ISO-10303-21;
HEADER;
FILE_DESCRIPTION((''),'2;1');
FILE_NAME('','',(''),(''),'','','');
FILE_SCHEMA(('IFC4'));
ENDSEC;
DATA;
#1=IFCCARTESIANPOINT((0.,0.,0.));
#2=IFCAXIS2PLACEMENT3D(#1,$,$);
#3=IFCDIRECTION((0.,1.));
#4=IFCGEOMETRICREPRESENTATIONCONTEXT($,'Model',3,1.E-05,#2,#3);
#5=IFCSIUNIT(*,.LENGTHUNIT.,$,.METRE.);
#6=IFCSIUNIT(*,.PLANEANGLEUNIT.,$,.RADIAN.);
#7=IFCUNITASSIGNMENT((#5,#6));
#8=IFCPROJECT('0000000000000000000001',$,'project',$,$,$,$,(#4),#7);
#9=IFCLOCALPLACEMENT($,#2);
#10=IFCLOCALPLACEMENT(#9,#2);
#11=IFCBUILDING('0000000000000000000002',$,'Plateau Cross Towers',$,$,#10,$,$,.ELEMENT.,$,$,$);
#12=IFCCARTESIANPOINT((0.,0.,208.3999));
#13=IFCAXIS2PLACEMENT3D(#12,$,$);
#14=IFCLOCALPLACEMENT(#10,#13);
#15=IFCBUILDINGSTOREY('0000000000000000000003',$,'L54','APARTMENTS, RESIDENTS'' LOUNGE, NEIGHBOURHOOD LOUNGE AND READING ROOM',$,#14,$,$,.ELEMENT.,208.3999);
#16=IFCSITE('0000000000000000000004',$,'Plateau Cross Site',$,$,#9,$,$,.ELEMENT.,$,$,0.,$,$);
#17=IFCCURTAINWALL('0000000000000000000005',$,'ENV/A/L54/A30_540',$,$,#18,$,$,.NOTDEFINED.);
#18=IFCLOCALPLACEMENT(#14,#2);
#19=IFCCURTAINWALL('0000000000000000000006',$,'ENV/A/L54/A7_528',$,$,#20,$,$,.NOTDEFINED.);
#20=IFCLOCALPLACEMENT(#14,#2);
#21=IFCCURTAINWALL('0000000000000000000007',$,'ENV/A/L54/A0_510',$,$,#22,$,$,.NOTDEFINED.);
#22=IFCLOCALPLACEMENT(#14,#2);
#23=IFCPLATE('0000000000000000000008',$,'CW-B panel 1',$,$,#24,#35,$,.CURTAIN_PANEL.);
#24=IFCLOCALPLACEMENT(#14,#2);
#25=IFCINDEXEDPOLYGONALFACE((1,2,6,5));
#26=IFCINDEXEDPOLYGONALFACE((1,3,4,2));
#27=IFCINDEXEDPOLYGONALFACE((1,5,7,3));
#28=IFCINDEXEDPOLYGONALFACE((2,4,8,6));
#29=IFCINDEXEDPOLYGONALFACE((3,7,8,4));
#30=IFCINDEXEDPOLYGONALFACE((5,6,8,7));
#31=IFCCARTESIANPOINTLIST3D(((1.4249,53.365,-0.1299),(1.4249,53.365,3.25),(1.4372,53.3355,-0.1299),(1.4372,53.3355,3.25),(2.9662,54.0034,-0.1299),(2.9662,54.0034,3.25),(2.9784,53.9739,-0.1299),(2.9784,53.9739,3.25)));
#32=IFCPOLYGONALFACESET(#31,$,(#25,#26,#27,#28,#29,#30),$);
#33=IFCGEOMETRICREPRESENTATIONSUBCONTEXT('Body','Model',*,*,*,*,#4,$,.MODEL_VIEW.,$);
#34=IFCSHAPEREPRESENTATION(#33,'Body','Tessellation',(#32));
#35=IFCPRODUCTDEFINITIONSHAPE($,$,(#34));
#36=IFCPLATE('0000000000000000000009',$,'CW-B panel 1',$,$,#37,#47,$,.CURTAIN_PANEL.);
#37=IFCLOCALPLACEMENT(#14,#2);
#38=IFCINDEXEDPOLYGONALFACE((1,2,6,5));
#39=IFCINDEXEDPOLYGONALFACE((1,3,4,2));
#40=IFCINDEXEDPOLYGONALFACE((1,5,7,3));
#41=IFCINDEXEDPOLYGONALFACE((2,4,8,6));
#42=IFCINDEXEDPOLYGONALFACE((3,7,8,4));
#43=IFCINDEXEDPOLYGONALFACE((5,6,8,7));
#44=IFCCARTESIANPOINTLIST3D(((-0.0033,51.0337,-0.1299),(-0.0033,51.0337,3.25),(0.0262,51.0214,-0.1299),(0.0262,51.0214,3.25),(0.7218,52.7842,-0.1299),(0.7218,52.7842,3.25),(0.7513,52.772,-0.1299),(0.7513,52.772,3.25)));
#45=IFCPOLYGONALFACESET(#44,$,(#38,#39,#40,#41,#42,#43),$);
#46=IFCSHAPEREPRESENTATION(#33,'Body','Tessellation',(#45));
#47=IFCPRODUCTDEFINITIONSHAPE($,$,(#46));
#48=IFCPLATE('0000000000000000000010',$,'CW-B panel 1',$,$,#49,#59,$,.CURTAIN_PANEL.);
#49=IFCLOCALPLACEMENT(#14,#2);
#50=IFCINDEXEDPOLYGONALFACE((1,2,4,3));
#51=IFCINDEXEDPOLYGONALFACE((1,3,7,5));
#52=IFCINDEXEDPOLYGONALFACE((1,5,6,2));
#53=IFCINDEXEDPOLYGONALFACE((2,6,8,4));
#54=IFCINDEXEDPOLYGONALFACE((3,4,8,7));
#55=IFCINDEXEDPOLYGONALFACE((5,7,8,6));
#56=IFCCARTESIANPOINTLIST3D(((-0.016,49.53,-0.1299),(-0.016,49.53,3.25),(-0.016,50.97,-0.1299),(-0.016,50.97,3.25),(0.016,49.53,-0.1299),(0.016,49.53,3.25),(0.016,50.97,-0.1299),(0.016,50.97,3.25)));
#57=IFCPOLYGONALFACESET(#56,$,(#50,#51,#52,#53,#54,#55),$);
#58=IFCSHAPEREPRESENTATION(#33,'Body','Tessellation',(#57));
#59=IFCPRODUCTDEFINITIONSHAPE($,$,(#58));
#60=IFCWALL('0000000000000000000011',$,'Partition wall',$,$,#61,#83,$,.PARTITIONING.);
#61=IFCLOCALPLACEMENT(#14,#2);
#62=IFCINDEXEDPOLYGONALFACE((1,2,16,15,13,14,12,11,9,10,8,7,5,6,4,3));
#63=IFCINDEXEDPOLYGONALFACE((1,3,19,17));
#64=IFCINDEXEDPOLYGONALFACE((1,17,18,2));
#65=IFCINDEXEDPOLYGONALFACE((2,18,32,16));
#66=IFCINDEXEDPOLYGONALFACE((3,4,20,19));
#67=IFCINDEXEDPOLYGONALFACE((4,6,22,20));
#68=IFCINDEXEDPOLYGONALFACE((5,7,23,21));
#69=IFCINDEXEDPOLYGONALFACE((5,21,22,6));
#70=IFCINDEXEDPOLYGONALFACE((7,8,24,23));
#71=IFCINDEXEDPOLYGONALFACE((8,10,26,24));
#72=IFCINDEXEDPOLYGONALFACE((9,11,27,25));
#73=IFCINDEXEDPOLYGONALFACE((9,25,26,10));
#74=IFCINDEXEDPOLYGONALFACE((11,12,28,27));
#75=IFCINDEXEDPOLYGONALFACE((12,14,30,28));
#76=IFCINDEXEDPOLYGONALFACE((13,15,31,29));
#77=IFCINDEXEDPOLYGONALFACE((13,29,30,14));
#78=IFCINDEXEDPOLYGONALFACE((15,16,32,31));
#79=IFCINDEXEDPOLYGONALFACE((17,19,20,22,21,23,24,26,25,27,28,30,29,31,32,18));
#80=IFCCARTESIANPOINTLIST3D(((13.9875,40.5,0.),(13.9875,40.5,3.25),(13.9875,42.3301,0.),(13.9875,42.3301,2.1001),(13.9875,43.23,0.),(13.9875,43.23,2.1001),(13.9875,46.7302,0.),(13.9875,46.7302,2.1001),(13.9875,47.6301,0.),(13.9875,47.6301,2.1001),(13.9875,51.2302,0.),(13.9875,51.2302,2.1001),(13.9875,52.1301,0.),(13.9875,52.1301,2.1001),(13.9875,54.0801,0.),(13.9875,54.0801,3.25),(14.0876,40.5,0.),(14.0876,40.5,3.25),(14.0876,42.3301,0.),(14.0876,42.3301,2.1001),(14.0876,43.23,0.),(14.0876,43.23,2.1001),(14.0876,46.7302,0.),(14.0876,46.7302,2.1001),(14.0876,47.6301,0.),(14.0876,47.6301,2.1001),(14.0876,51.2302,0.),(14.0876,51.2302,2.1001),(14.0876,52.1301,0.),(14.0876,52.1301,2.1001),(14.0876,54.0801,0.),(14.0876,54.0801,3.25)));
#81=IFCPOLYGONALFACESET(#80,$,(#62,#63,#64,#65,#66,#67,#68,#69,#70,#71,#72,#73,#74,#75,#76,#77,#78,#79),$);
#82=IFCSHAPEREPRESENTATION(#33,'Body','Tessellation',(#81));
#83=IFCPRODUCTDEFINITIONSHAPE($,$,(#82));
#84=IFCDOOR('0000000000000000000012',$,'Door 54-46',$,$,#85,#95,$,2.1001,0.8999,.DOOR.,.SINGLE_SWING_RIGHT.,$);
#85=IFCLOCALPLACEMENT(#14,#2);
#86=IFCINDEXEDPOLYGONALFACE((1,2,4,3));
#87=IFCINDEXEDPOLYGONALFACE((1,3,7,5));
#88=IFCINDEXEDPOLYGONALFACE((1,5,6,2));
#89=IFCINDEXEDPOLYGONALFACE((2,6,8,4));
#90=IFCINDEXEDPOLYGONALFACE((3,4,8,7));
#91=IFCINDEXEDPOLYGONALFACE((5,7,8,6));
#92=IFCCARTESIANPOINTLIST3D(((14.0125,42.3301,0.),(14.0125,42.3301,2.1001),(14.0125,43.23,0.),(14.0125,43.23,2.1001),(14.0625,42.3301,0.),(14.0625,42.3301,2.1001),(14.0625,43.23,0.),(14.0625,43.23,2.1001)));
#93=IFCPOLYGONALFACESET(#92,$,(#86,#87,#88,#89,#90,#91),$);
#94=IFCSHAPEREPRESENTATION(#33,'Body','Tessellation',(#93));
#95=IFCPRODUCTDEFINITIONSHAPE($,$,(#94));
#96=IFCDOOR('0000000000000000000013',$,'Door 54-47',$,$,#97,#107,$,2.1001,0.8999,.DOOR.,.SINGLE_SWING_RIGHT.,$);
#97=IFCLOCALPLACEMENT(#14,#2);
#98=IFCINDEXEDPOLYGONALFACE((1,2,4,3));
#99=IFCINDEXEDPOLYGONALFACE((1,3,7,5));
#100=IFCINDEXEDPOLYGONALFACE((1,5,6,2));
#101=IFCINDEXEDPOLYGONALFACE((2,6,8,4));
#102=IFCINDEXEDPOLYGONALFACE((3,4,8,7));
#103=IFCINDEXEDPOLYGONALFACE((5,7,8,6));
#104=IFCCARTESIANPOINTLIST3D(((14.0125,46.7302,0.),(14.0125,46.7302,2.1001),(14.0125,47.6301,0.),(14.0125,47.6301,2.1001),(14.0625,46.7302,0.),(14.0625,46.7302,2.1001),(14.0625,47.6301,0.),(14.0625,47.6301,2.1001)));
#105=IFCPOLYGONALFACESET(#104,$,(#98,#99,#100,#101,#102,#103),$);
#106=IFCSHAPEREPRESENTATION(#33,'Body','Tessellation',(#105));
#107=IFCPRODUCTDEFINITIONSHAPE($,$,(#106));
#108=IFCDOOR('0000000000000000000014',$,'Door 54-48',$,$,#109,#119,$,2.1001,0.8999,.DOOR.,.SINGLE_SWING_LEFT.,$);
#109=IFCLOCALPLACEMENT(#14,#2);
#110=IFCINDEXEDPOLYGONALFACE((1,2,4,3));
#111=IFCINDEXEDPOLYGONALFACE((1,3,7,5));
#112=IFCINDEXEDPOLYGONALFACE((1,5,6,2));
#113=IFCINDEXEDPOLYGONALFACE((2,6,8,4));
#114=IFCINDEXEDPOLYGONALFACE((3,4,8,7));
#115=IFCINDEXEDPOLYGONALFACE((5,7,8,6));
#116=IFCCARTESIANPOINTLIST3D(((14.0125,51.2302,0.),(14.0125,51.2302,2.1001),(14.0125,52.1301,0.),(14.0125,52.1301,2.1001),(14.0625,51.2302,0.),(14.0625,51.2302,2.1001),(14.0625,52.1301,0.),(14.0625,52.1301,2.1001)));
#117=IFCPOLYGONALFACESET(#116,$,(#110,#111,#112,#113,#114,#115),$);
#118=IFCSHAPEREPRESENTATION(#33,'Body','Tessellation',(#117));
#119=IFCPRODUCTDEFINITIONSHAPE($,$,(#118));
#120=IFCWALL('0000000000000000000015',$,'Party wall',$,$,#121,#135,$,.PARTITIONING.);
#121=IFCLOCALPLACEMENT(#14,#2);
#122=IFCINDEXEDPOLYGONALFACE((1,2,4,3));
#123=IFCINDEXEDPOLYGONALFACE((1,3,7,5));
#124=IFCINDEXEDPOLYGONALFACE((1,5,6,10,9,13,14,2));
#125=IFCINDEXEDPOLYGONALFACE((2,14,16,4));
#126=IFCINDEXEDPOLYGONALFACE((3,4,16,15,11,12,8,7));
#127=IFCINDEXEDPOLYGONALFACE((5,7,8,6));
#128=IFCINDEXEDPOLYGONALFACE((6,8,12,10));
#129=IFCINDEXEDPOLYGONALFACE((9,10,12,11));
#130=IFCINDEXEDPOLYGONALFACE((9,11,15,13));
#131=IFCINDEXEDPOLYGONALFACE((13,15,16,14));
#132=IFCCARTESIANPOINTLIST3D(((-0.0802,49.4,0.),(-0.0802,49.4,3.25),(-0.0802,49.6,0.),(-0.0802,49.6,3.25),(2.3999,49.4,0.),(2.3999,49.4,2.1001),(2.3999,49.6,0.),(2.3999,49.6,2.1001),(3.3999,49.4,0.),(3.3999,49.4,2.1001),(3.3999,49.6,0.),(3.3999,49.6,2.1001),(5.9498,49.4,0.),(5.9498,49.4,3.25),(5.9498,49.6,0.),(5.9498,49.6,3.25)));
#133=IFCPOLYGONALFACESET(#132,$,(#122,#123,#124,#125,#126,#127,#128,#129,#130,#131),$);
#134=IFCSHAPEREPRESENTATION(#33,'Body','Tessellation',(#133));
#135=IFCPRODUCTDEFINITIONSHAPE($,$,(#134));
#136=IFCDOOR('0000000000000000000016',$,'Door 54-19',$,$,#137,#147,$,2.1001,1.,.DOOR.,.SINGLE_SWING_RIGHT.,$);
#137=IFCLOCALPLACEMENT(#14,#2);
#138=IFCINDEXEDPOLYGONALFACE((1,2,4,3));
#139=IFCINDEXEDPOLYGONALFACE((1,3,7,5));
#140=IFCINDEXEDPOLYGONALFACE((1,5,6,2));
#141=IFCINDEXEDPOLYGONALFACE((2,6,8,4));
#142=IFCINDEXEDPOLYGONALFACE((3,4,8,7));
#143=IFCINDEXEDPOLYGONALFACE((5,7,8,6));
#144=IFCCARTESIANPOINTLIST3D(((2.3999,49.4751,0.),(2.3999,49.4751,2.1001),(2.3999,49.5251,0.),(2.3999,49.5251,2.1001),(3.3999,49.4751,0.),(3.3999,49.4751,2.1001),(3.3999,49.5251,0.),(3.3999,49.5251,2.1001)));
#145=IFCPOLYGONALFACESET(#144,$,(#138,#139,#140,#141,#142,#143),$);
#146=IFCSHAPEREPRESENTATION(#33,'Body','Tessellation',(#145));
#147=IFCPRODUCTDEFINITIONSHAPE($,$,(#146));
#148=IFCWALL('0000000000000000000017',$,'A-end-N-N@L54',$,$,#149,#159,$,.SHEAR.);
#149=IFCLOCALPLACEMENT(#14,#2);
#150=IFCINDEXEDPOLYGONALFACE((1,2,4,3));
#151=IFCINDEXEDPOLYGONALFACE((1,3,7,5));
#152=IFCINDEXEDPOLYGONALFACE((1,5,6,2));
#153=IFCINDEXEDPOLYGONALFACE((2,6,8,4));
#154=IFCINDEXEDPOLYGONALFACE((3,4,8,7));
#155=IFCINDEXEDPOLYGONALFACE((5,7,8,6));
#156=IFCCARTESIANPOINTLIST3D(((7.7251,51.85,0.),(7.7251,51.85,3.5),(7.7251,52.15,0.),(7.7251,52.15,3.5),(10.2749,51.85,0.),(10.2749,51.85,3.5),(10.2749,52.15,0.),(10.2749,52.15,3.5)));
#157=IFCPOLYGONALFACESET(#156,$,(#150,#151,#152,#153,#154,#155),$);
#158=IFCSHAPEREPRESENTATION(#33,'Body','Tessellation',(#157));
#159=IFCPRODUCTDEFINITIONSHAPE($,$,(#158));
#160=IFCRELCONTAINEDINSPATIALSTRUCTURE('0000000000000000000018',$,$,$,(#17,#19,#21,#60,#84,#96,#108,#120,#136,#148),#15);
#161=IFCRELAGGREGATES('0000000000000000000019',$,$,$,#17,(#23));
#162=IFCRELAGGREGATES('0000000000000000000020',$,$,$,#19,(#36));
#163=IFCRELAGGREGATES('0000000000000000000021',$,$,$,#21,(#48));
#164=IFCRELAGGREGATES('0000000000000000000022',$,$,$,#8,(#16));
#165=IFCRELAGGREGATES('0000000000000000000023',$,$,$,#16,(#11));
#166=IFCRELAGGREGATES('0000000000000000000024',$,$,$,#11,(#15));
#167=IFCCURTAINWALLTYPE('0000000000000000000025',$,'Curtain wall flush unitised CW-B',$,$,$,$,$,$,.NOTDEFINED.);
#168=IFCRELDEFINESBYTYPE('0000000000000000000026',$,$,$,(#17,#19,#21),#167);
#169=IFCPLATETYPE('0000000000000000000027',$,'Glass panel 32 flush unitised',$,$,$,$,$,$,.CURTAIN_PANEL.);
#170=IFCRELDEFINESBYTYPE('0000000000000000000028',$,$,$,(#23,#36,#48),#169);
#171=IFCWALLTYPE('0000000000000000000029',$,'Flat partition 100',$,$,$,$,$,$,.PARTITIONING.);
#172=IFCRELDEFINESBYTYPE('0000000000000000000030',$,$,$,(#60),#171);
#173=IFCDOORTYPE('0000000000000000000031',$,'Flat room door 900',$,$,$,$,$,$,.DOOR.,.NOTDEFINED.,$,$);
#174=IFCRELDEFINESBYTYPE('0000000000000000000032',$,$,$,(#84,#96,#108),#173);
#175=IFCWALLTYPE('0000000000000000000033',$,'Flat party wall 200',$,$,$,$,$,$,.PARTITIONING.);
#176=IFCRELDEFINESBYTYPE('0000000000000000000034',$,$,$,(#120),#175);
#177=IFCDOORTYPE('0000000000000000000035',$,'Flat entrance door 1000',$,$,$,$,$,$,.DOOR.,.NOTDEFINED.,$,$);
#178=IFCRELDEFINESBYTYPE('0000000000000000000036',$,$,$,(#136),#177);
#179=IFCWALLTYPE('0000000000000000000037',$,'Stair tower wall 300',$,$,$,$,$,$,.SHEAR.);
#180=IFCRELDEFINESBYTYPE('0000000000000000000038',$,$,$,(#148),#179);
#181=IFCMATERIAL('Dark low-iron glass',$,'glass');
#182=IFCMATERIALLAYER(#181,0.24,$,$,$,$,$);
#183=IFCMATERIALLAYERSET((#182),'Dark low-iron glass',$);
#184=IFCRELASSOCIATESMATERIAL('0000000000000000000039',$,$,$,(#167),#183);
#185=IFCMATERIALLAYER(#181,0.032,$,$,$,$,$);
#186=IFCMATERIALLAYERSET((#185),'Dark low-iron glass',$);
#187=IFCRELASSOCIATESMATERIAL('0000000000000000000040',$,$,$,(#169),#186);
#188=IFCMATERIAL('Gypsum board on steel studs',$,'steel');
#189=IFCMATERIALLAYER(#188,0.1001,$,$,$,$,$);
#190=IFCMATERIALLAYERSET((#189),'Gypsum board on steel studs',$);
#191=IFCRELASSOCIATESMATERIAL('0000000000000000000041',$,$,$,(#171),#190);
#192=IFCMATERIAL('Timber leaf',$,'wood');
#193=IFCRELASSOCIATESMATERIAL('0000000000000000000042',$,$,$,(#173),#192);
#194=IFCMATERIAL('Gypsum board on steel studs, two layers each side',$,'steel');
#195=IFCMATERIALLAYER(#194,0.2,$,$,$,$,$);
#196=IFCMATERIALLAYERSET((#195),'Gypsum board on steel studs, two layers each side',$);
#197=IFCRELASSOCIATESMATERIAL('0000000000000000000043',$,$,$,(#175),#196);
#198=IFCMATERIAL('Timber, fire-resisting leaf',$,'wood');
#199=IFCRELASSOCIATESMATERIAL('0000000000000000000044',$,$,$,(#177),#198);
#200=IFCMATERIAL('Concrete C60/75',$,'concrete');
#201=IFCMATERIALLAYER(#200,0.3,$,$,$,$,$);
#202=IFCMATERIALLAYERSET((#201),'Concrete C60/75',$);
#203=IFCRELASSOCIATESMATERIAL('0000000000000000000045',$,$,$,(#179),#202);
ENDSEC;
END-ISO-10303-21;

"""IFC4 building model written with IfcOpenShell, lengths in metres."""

from ifc_helpers import new_model, si_unit, direction, frame, frame_2d, origin, origin_2d, place, context, subcontext, project, spatial, rectangle, extrude, material, layer, layer_set, type_object, element, fill, aggregate, save


model = new_model("IFC4")

# Units and contexts
model_context = context("Model", 3, precision=1e-05, world=origin(), true_north=direction((0.0, 1.0)))
body_context = subcontext(model_context, "Body", "Model", "MODEL_VIEW")
ifc_project = project(units=[si_unit("LENGTHUNIT", "METRE"), si_unit("PLANEANGLEUNIT", "RADIAN")], contexts=[model_context])

# Site, building, storey
site_placement = place(None, origin())
site = spatial("IfcSite", under=ifc_project, at=site_placement, Name="Plateau Cross Site", CompositionType="ELEMENT", RefElevation=0.0)
building_placement = place(site_placement, origin())
building = spatial("IfcBuilding", under=site, at=building_placement, Name="Plateau Cross Towers", CompositionType="ELEMENT")
storey_placement = place(building_placement, frame((0.0, 0.0, 208.3999)))
storey = spatial("IfcBuildingStorey", under=building, at=storey_placement, Name="L54", Description="APARTMENTS, RESIDENTS' LOUNGE, NEIGHBOURHOOD LOUNGE AND READING ROOM", CompositionType="ELEMENT", Elevation=208.3999)

# Shared definitions
ifc_material_1 = material(Name="Concrete C60/75", Category="concrete")

# Curtain wall
ifc_material_2 = material(Name="Dark low-iron glass", Category="glass")
ifc_layer_1 = layer(ifc_material_2, 0.24)
ifc_layer_set_1 = layer_set([ifc_layer_1], Name="Dark low-iron glass")
curtain_wall_type = type_object("IfcCurtainWallType", Name="Curtain wall flush unitised CW-B", PredefinedType="NOTDEFINED", material=ifc_layer_set_1)
curtain_wall_1_placement = place(storey_placement, origin())
curtain_wall_1 = element("IfcCurtainWall", 1, at=curtain_wall_1_placement, inside=storey, type_object=curtain_wall_type, Name="ENV/A/L54/A30_540", PredefinedType="NOTDEFINED")

# Curtain wall
curtain_wall_2_placement = place(storey_placement, origin())
curtain_wall_2 = element("IfcCurtainWall", 2, at=curtain_wall_2_placement, inside=storey, type_object=curtain_wall_type, Name="ENV/A/L54/A7_528", PredefinedType="NOTDEFINED")

# Curtain wall
curtain_wall_3_placement = place(storey_placement, origin())
curtain_wall_3 = element("IfcCurtainWall", 3, at=curtain_wall_3_placement, inside=storey, type_object=curtain_wall_type, Name="ENV/A/L54/A0_510", PredefinedType="NOTDEFINED")

# Plates
ifc_layer_2 = layer(ifc_material_2, 0.032)
ifc_layer_set_2 = layer_set([ifc_layer_2], Name="Dark low-iron glass")
plate_type = type_object("IfcPlateType", Name="Glass panel 32 flush unitised", PredefinedType="CURTAIN_PANEL", material=ifc_layer_set_2)
plate_1_placement = place(storey_placement, frame((2.2017, 53.6694, -0.1299), z_axis=(0.0, 0.0, 1.0), x_axis=(-0.923879, -0.382684, 0.0)))
plate_1 = element("IfcPlate", 4, at=plate_1_placement, type_object=plate_type, Name="CW-B panel 1", PredefinedType="CURTAIN_PANEL", context=body_context, shape_type="SweptSolid", body=[
    extrude(rectangle(XDim=1.6682, YDim=0.032, at=origin_2d()), origin(), (0.0, 0.0, 1.0), 3.3799),
])
aggregate(curtain_wall_1, [plate_1])
plate_2_placement = place(storey_placement, frame((0.374, 51.9028, -0.1299), z_axis=(0.0, 0.0, 1.0), x_axis=(-0.382684, -0.923879, 0.0)))
plate_2 = element("IfcPlate", 5, at=plate_2_placement, type_object=plate_type, Name="CW-B panel 1", PredefinedType="CURTAIN_PANEL", context=body_context, shape_type="SweptSolid", body=[
    extrude(rectangle(XDim=1.8948, YDim=0.032, at=origin_2d()), origin(), (0.0, 0.0, 1.0), 3.3799),
])
aggregate(curtain_wall_2, [plate_2])
plate_3_placement = place(storey_placement, frame((0.0, 50.25, -0.1299), z_axis=(0.0, 0.0, 1.0), x_axis=(0.0, -1.0, 0.0)))
plate_3 = element("IfcPlate", 6, at=plate_3_placement, type_object=plate_type, Name="CW-B panel 1", PredefinedType="CURTAIN_PANEL", context=body_context, shape_type="SweptSolid", body=[
    extrude(rectangle(XDim=1.4399, YDim=0.032, at=origin_2d()), origin(), (0.0, 0.0, 1.0), 3.3799),
])
aggregate(curtain_wall_3, [plate_3])

# Wall, openings, doors
ifc_material_3 = material(Name="Gypsum board on steel studs", Category="steel")
ifc_layer_3 = layer(ifc_material_3, 0.1001)
ifc_layer_set_3 = layer_set([ifc_layer_3], Name="Gypsum board on steel studs")
wall_type_1 = type_object("IfcWallType", Name="Flat partition 100", PredefinedType="PARTITIONING", material=ifc_layer_set_3)
wall_1_placement = place(storey_placement, frame((14.0376, 54.0801, 0.0), z_axis=(0.0, 0.0, 1.0), x_axis=(0.0, -1.0, 0.0)))
wall_1 = element("IfcWall", 7, at=wall_1_placement, inside=storey, type_object=wall_type_1, Name="Partition wall", PredefinedType="PARTITIONING", context=body_context, shape_type="SweptSolid", body=[
    extrude(rectangle(XDim=13.5801, YDim=0.1001, at=frame_2d((6.79, 0.0))), origin(), (0.0, 0.0, 1.0), 3.25),
])
opening_1_placement = place(wall_1_placement, frame((10.8501, 0.0, 0.0)))
opening_1 = element("IfcOpeningElement", 8, at=opening_1_placement, cuts=wall_1, PredefinedType="OPENING", context=body_context, shape_type="SweptSolid", body=[
    extrude(rectangle(XDim=0.8999, YDim=2.1001, at=frame_2d((0.45, 1.05))), frame((0.0, 0.0601, 0.0), z_axis=(0.0, -1.0, 0.0), x_axis=(1.0, 0.0, 0.0)), (0.0, 0.0, 1.0), 0.1201),
])
opening_2_placement = place(wall_1_placement, frame((6.45, 0.0, 0.0)))
opening_2 = element("IfcOpeningElement", 9, at=opening_2_placement, cuts=wall_1, PredefinedType="OPENING", context=body_context, shape_type="SweptSolid", body=[
    extrude(rectangle(XDim=0.8999, YDim=2.1001, at=frame_2d((0.45, 1.05))), frame((0.0, 0.0601, 0.0), z_axis=(0.0, -1.0, 0.0), x_axis=(1.0, 0.0, 0.0)), (0.0, 0.0, 1.0), 0.1201),
])
opening_3_placement = place(wall_1_placement, frame((1.95, 0.0, 0.0)))
opening_3 = element("IfcOpeningElement", 10, at=opening_3_placement, cuts=wall_1, PredefinedType="OPENING", context=body_context, shape_type="SweptSolid", body=[
    extrude(rectangle(XDim=0.8999, YDim=2.1001, at=frame_2d((0.45, 1.05))), frame((0.0, 0.0601, 0.0), z_axis=(0.0, -1.0, 0.0), x_axis=(1.0, 0.0, 0.0)), (0.0, 0.0, 1.0), 0.1201),
])
ifc_material_4 = material(Name="Timber leaf", Category="wood")
door_type_1 = type_object("IfcDoorType", Name="Flat room door 900", OperationType="NOTDEFINED", PredefinedType="DOOR", material=ifc_material_4)
door_1_placement = place(opening_1_placement, origin())
door_1 = element("IfcDoor", 11, at=door_1_placement, inside=storey, type_object=door_type_1, Name="Door 54-46", OperationType="SINGLE_SWING_RIGHT", OverallHeight=2.1001, OverallWidth=0.8999, PredefinedType="DOOR", context=body_context, shape_type="SweptSolid", body=[
    extrude(rectangle(XDim=0.8999, YDim=2.1001, at=frame_2d((0.45, 1.05))), frame((0.0, 0.0249, 0.0), z_axis=(0.0, -1.0, 0.0), x_axis=(1.0, 0.0, 0.0)), (0.0, 0.0, 1.0), 0.05),
])
fill(opening_1, door_1)
door_2_placement = place(opening_2_placement, origin())
door_2 = element("IfcDoor", 12, at=door_2_placement, inside=storey, type_object=door_type_1, Name="Door 54-47", OperationType="SINGLE_SWING_RIGHT", OverallHeight=2.1001, OverallWidth=0.8999, PredefinedType="DOOR", context=body_context, shape_type="SweptSolid", body=[
    extrude(rectangle(XDim=0.8999, YDim=2.1001, at=frame_2d((0.45, 1.05))), frame((0.0, 0.0249, 0.0), z_axis=(0.0, -1.0, 0.0), x_axis=(1.0, 0.0, 0.0)), (0.0, 0.0, 1.0), 0.05),
])
fill(opening_2, door_2)
door_3_placement = place(opening_3_placement, origin())
door_3 = element("IfcDoor", 13, at=door_3_placement, inside=storey, type_object=door_type_1, Name="Door 54-48", OperationType="SINGLE_SWING_LEFT", OverallHeight=2.1001, OverallWidth=0.8999, PredefinedType="DOOR", context=body_context, shape_type="SweptSolid", body=[
    extrude(rectangle(XDim=0.8999, YDim=2.1001, at=frame_2d((0.45, 1.05))), frame((0.0, 0.0249, 0.0), z_axis=(0.0, -1.0, 0.0), x_axis=(1.0, 0.0, 0.0)), (0.0, 0.0, 1.0), 0.05),
])
fill(opening_3, door_3)

# Wall, opening, door
ifc_material_5 = material(Name="Gypsum board on steel studs, two layers each side", Category="steel")
ifc_layer_4 = layer(ifc_material_5, 0.2)
ifc_layer_set_4 = layer_set([ifc_layer_4], Name="Gypsum board on steel studs, two layers each side")
wall_type_2 = type_object("IfcWallType", Name="Flat party wall 200", PredefinedType="PARTITIONING", material=ifc_layer_set_4)
wall_2_placement = place(storey_placement, frame((5.95, 49.5, 0.0), z_axis=(0.0, 0.0, 1.0), x_axis=(-1.0, 0.0, 0.0)))
wall_2 = element("IfcWall", 14, at=wall_2_placement, inside=storey, type_object=wall_type_2, Name="Party wall", PredefinedType="PARTITIONING", context=body_context, shape_type="SweptSolid", body=[
    extrude(rectangle(XDim=6.03, YDim=0.2, at=frame_2d((3.0151, 0.0))), origin(), (0.0, 0.0, 1.0), 3.25),
])
opening_4_placement = place(wall_2_placement, frame((2.55, 0.0, 0.0)))
opening_4 = element("IfcOpeningElement", 15, at=opening_4_placement, cuts=wall_2, PredefinedType="OPENING", context=body_context, shape_type="SweptSolid", body=[
    extrude(rectangle(XDim=1.0, YDim=2.1001, at=frame_2d((0.5, 1.05))), frame((0.0, 0.1099, 0.0), z_axis=(0.0, -1.0, 0.0), x_axis=(1.0, 0.0, 0.0)), (0.0, 0.0, 1.0), 0.22),
])
ifc_material_6 = material(Name="Timber, fire-resisting leaf", Category="wood")
door_type_2 = type_object("IfcDoorType", Name="Flat entrance door 1000", OperationType="NOTDEFINED", PredefinedType="DOOR", material=ifc_material_6)
door_4_placement = place(opening_4_placement, origin())
door_4 = element("IfcDoor", 16, at=door_4_placement, inside=storey, type_object=door_type_2, Name="Door 54-19", OperationType="SINGLE_SWING_RIGHT", OverallHeight=2.1001, OverallWidth=1.0, PredefinedType="DOOR", context=body_context, shape_type="SweptSolid", body=[
    extrude(rectangle(XDim=1.0, YDim=2.1001, at=frame_2d((0.5, 1.05))), frame((0.0, 0.0249, 0.0), z_axis=(0.0, -1.0, 0.0), x_axis=(1.0, 0.0, 0.0)), (0.0, 0.0, 1.0), 0.05),
])
fill(opening_4, door_4)

# Wall
ifc_layer_5 = layer(ifc_material_1, 0.3)
ifc_layer_set_5 = layer_set([ifc_layer_5], Name="Concrete C60/75")
wall_type_3 = type_object("IfcWallType", Name="Stair tower wall 300", PredefinedType="SHEAR", material=ifc_layer_set_5)
wall_3_placement = place(storey_placement, frame((7.7251, 52.0, 0.0), z_axis=(0.0, 0.0, 1.0), x_axis=(1.0, 0.0, 0.0)))
element("IfcWall", 17, at=wall_3_placement, inside=storey, type_object=wall_type_3, Name="A-end-N-N@L54", PredefinedType="SHEAR", context=body_context, shape_type="SweptSolid", body=[
    extrude(rectangle(XDim=2.5498, YDim=0.3, at=frame_2d((1.2749, 0.0))), origin(), (0.0, 0.0, 1.0), 3.5),
])

save(model, "model.ifc")
